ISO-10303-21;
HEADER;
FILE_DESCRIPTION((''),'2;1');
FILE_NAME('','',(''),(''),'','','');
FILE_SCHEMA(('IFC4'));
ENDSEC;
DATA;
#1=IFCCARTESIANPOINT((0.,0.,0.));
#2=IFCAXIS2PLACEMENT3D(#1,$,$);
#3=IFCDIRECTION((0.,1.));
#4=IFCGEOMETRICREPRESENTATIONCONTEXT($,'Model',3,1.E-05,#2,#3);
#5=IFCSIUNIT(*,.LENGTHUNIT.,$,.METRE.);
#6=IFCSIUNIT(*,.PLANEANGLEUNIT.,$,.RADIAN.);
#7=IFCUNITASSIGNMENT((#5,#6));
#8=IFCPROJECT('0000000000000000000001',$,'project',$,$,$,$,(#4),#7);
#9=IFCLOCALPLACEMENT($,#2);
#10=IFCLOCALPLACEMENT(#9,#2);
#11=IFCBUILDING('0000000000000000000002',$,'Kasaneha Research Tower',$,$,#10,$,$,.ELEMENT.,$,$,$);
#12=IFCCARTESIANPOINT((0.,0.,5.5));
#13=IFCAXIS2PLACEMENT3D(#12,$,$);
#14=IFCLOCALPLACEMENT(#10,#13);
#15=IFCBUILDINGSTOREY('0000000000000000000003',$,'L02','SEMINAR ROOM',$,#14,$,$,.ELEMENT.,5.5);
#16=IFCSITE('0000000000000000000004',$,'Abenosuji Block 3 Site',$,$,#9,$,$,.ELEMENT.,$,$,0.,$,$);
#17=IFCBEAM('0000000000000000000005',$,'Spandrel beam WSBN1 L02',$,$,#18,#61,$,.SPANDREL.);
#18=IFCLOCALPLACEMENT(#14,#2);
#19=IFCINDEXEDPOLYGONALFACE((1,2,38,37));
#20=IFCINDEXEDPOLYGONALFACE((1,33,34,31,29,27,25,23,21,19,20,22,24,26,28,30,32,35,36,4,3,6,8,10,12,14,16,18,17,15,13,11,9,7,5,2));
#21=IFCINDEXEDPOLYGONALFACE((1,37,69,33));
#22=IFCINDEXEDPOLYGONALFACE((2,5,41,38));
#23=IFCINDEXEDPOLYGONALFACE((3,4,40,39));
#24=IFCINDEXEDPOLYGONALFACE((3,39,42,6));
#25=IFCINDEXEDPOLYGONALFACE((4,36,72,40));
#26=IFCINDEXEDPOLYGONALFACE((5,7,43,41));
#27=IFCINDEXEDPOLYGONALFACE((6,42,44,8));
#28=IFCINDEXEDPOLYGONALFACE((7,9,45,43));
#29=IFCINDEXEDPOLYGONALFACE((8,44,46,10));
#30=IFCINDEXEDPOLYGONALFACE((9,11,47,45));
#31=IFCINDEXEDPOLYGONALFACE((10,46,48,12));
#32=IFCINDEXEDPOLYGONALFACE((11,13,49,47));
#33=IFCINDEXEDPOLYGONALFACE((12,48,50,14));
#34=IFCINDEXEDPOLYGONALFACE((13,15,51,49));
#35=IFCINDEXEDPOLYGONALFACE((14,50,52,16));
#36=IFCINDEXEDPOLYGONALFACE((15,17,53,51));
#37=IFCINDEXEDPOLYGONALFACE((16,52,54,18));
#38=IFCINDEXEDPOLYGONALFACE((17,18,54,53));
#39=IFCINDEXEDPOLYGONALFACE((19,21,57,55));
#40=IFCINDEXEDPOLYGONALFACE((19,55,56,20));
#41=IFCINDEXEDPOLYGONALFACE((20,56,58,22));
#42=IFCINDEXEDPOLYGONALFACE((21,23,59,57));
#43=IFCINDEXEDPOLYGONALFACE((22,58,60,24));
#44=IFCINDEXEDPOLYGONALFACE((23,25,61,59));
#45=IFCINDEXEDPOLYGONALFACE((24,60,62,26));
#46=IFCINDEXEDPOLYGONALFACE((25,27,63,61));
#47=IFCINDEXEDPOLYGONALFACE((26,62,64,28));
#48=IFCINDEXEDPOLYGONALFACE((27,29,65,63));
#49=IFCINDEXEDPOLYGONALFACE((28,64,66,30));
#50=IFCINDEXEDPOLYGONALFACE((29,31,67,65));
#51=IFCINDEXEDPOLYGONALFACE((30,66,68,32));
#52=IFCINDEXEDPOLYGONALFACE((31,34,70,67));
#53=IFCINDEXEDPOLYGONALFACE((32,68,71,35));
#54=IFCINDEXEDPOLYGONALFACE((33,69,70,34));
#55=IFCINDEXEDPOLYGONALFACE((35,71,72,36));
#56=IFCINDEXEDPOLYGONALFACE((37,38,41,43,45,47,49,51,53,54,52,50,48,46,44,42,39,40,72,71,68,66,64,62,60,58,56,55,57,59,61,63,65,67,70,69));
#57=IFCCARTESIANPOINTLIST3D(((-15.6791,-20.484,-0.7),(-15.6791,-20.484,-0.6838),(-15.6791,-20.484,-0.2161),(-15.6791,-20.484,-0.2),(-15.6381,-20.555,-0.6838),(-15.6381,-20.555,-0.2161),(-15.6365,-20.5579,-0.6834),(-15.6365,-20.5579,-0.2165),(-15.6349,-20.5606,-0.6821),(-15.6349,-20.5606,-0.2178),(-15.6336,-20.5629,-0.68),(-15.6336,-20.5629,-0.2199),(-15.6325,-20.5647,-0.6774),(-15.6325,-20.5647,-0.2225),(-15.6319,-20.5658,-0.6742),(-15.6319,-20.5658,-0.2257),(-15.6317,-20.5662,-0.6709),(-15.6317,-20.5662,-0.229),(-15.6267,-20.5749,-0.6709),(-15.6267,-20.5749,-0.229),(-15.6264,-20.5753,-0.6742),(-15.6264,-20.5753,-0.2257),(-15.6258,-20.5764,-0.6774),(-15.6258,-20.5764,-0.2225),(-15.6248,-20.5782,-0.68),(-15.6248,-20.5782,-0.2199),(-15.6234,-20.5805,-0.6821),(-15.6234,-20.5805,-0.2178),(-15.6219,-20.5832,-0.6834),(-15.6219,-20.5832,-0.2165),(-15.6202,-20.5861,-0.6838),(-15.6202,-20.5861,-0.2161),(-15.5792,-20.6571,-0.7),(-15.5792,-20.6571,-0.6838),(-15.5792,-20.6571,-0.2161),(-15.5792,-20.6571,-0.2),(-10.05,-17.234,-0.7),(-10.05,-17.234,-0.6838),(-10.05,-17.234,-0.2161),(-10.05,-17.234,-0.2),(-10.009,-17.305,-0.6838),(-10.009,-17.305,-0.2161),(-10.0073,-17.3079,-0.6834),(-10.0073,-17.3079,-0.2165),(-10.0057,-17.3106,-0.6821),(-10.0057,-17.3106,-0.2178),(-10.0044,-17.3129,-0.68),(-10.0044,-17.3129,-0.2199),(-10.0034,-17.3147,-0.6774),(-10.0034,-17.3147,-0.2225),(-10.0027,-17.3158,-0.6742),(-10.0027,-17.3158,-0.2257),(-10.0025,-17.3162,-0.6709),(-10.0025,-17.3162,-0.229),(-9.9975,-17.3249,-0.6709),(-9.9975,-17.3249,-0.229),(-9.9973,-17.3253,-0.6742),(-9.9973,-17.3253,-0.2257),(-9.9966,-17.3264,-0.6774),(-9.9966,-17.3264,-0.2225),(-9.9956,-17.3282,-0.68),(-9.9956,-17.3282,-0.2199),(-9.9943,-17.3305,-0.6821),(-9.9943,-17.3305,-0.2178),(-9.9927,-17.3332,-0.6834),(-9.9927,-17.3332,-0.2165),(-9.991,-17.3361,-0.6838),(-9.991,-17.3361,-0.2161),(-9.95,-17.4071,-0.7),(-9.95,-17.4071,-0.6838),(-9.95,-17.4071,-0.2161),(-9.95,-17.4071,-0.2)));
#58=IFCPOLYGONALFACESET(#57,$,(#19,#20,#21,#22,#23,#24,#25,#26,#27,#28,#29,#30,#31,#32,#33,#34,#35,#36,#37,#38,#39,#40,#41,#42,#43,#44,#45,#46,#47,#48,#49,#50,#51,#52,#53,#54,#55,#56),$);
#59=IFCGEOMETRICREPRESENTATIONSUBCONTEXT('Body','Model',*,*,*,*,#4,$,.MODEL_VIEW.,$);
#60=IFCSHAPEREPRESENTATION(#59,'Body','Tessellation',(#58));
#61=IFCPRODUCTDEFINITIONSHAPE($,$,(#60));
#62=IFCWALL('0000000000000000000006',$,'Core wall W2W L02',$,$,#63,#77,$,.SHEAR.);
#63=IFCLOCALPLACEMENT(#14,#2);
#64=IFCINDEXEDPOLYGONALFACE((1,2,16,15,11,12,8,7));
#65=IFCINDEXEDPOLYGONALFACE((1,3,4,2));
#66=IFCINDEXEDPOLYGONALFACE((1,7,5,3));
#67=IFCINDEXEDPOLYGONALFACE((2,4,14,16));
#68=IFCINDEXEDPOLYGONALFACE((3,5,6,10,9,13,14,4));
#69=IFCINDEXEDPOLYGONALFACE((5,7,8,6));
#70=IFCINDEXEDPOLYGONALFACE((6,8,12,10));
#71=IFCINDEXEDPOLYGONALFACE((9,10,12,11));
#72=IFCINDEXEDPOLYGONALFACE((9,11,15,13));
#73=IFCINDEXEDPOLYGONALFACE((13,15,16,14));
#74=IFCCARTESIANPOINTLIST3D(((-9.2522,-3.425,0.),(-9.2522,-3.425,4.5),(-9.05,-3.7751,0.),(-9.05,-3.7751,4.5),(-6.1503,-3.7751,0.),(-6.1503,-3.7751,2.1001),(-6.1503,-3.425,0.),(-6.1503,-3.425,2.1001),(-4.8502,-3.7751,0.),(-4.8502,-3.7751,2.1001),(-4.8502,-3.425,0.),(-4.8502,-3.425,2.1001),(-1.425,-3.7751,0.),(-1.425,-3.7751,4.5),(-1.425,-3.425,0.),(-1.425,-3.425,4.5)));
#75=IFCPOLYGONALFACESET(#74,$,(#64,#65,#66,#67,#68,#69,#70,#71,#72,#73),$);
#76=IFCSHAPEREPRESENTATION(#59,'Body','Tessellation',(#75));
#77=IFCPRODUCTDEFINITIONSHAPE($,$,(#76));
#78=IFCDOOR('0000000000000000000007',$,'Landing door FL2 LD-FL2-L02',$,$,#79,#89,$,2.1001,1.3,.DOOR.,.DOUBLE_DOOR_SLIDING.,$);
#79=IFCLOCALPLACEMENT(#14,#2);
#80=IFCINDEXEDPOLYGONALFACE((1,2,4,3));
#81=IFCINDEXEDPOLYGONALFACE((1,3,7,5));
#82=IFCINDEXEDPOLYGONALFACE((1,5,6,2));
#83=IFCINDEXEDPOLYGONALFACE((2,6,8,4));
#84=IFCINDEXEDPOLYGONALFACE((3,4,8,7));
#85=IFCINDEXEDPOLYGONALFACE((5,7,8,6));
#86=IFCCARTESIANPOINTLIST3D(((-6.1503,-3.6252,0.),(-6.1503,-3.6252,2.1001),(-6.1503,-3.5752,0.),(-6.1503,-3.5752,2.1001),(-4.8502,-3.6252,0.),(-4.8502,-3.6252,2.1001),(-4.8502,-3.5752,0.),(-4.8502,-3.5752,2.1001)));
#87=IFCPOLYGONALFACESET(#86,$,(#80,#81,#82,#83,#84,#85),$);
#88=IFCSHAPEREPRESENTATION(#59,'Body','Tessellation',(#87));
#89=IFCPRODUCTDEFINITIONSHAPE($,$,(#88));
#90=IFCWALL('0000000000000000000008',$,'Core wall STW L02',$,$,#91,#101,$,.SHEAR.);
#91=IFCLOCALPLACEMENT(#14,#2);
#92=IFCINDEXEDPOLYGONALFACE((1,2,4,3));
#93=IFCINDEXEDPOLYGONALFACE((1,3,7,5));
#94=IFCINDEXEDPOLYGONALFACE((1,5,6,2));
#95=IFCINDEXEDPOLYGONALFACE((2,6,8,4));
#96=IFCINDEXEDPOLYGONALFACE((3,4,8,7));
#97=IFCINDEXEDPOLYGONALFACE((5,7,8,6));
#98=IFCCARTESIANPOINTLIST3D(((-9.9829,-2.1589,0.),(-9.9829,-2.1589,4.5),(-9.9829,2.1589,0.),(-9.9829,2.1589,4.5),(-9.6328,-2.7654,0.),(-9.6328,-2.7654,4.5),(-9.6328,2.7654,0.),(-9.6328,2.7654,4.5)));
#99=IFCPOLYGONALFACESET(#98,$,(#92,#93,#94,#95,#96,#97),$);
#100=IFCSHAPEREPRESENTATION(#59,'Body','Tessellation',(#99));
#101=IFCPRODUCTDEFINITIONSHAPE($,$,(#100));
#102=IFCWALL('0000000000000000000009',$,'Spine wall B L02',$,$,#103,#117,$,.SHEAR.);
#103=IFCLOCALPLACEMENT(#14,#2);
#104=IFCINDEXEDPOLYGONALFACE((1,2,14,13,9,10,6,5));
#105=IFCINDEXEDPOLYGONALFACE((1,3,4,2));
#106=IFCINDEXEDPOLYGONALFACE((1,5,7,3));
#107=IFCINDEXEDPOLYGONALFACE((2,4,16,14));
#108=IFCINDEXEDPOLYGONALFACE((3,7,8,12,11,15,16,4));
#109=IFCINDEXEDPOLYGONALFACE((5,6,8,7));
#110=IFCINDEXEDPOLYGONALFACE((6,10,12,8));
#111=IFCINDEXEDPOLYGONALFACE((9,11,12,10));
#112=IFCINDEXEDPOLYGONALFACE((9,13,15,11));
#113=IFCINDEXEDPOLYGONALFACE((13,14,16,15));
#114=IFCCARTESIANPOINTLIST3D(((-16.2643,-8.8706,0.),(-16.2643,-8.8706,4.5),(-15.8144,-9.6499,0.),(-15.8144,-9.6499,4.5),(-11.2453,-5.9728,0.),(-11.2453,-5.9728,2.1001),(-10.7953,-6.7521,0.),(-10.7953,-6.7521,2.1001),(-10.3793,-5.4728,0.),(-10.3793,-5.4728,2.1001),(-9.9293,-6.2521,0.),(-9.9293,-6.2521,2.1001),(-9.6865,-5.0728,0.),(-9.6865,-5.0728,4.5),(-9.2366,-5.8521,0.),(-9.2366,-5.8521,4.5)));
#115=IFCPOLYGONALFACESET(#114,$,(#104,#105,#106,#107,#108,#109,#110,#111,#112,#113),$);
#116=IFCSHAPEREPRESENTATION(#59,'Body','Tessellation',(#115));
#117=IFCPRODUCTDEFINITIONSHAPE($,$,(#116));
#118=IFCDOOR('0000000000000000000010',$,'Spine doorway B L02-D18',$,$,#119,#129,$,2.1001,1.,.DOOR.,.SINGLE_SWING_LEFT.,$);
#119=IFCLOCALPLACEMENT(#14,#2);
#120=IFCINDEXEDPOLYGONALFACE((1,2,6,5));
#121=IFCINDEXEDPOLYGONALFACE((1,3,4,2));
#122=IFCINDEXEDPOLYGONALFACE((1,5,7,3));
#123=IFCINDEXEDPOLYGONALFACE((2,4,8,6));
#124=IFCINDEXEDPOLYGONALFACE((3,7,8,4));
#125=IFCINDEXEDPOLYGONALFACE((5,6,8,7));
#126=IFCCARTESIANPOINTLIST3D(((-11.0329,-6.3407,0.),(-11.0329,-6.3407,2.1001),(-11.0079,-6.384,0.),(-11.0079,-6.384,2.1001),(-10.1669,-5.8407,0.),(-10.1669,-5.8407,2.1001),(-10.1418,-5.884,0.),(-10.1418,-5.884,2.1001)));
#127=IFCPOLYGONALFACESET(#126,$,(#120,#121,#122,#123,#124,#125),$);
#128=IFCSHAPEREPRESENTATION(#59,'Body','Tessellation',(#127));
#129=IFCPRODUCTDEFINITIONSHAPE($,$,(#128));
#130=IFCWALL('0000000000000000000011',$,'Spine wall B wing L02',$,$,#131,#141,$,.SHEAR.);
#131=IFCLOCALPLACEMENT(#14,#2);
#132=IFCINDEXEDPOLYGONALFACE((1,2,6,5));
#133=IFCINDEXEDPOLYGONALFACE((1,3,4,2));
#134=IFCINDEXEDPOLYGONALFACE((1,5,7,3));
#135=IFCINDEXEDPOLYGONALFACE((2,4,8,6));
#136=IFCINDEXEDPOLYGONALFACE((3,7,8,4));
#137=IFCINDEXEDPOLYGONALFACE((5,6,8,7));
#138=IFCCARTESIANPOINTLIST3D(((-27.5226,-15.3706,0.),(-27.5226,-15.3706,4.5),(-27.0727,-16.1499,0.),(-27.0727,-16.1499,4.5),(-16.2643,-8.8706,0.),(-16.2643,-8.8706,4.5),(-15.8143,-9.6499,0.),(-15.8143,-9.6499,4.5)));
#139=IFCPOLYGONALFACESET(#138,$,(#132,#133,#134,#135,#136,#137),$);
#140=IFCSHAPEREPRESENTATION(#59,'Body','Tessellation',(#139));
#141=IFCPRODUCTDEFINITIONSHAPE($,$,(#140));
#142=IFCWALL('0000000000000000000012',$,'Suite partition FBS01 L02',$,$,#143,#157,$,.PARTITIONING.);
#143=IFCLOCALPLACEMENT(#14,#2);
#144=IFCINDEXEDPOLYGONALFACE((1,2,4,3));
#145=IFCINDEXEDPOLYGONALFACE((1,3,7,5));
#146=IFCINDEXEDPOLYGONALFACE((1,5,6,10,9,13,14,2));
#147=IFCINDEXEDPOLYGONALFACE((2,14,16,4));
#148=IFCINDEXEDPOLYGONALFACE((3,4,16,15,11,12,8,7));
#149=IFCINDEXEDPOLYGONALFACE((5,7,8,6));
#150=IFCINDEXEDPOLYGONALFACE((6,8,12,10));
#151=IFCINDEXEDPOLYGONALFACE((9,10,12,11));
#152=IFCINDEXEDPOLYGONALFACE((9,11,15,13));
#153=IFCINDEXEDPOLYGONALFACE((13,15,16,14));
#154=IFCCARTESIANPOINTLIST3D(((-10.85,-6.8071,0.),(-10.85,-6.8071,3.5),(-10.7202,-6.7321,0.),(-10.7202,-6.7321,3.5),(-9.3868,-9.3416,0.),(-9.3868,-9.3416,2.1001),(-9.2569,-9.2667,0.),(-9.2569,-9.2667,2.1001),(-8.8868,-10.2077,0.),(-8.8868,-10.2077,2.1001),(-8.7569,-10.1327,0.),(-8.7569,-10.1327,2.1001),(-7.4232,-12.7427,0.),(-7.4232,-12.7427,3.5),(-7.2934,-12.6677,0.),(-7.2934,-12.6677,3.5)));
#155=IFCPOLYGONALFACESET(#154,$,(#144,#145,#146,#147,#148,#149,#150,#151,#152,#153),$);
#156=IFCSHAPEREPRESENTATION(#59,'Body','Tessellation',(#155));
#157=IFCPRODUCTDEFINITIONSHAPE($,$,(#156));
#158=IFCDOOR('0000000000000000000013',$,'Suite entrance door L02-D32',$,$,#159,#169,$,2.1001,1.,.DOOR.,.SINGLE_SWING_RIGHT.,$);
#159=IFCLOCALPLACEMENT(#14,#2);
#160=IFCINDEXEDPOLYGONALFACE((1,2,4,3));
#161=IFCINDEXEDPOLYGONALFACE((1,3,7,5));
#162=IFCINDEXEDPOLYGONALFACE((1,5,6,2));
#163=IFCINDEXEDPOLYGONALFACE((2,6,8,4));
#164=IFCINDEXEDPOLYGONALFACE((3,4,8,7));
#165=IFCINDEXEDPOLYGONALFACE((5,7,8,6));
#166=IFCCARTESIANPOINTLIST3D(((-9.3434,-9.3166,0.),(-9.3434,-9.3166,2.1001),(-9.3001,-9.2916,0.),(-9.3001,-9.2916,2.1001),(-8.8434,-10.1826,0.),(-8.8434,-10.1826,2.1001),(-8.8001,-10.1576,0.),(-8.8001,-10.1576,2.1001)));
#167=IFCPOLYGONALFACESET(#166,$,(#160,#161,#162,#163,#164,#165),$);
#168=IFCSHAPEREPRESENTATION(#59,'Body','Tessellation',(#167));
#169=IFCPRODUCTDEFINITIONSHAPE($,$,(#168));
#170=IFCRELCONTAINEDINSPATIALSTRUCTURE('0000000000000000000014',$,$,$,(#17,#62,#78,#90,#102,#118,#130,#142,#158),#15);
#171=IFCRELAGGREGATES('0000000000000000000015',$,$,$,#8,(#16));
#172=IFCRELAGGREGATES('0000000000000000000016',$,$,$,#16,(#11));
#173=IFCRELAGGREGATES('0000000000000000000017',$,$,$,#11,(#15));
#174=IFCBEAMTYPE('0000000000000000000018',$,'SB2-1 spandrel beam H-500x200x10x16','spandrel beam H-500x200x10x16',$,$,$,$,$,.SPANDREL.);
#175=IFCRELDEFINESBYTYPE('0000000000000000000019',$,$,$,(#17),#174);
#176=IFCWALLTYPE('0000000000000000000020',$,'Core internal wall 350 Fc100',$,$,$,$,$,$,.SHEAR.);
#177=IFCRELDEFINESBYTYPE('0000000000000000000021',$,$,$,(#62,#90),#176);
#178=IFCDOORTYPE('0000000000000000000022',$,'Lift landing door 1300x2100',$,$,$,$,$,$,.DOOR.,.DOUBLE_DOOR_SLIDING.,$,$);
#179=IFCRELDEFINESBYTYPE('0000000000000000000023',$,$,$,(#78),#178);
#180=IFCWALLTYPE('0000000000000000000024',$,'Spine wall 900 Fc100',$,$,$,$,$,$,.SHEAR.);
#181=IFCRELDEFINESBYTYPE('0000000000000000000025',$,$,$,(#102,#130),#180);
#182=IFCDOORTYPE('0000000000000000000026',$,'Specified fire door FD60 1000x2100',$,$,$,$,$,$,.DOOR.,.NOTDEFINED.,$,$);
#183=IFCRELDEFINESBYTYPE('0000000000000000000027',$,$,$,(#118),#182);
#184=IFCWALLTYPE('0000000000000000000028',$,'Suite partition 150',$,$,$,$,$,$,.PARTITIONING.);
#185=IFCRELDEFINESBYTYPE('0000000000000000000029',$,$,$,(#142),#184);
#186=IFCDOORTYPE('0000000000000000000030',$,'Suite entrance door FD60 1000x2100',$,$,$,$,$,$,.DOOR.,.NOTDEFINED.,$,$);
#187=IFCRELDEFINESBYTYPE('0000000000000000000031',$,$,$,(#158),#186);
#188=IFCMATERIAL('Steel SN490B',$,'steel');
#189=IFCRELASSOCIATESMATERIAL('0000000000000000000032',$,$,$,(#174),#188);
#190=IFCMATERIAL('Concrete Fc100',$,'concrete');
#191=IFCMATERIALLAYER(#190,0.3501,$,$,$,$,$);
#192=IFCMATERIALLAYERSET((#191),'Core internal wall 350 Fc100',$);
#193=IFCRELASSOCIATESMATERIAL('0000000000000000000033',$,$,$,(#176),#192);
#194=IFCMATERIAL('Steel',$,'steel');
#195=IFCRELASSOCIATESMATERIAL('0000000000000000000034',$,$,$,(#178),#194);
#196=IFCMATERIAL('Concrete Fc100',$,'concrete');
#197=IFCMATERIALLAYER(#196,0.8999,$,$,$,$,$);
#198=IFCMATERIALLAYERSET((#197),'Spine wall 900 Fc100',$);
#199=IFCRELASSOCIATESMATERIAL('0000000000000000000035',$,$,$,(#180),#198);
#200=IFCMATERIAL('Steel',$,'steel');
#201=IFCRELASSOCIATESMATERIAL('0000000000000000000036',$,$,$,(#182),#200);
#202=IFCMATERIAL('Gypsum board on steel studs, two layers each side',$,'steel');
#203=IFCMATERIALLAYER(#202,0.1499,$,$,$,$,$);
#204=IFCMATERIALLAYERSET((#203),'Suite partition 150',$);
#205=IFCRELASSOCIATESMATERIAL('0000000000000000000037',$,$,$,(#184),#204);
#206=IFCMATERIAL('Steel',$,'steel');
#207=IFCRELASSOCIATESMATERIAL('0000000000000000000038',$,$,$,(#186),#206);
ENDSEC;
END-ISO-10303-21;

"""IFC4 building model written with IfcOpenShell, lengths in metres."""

from ifc_helpers import new_model, si_unit, direction, frame, frame_2d, origin, origin_2d, place, context, subcontext, project, spatial, polyline, rectangle, i_section, outline, extrude, material, layer, layer_set, material_profile, profile_set, type_object, element, fill, save


model = new_model("IFC4")

# Units and contexts
model_context = context("Model", 3, precision=1e-05, world=origin(), true_north=direction((0.0, 1.0)))
body_context = subcontext(model_context, "Body", "Model", "MODEL_VIEW")
ifc_project = project(units=[si_unit("LENGTHUNIT", "METRE"), si_unit("PLANEANGLEUNIT", "RADIAN")], contexts=[model_context])

# Site, building, storey
site_placement = place(None, origin())
site = spatial("IfcSite", under=ifc_project, at=site_placement, Name="Abenosuji Block 3 Site", CompositionType="ELEMENT", RefElevation=0.0)
building_placement = place(site_placement, origin())
building = spatial("IfcBuilding", under=site, at=building_placement, Name="Kasaneha Research Tower", CompositionType="ELEMENT")
storey_placement = place(building_placement, frame((0.0, 0.0, 5.5)))
storey = spatial("IfcBuildingStorey", under=building, at=storey_placement, Name="L02", Description="SEMINAR ROOM", CompositionType="ELEMENT", Elevation=5.5)

# Beam
ifc_material_1 = material(Name="Steel SN490B", Category="steel")
ifc_material_profile_1 = material_profile(ifc_material_1, i_section(OverallWidth=0.2, OverallDepth=0.5, WebThickness=0.01, FlangeThickness=0.0161, FilletRadius=0.0129, at=origin_2d()), Name="H-500x200x10x16")
ifc_profile_set_1 = profile_set([ifc_material_profile_1], Name="Steel SN490B")
beam_type_1 = type_object("IfcBeamType", Name="SB2-1 spandrel beam H-500x200x10x16", Description="spandrel beam H-500x200x10x16", PredefinedType="SPANDREL", material=ifc_profile_set_1)
beam_1_placement = place(storey_placement, frame((-10.0, -17.3206, -0.45), z_axis=(-0.866025, -0.500001, 0.0), x_axis=(0.500001, -0.866025, 0.0)))
element("IfcBeam", 1, at=beam_1_placement, inside=storey, type_object=beam_type_1, Name="Spandrel beam WSBN1 L02", PredefinedType="SPANDREL", context=body_context, shape_type="SweptSolid", body=[
    extrude(i_section(OverallWidth=0.2, OverallDepth=0.5, WebThickness=0.01, FlangeThickness=0.0161, FilletRadius=0.0129, at=origin_2d()), origin(), (0.0, 0.0, 1.0), 6.5),
])

# Wall, opening, door
ifc_material_2 = material(Name="Concrete Fc100", Category="concrete")
ifc_layer_1 = layer(ifc_material_2, 0.3501)
ifc_layer_set_1 = layer_set([ifc_layer_1], Name="Core internal wall 350 Fc100")
wall_type_1 = type_object("IfcWallType", Name="Core internal wall 350 Fc100", PredefinedType="SHEAR", material=ifc_layer_set_1)
wall_1_placement = place(storey_placement, frame((-9.1511, -3.6001, 0.0), z_axis=(0.0, 0.0, 1.0), x_axis=(1.0, 0.0, 0.0)))
wall_1 = element("IfcWall", 2, at=wall_1_placement, inside=storey, type_object=wall_type_1, Name="Core wall W2W L02", PredefinedType="SHEAR", context=body_context, shape_type="SweptSolid", body=[
    extrude(outline(polyline([(0.1011, -0.175), (3.001, -0.175), (4.301, -0.175), (7.7261, -0.175), (7.7261, 0.175), (4.301, 0.175), (3.001, 0.175), (-0.1011, 0.175), (0.1011, -0.175)])), origin(), (0.0, 0.0, 1.0), 4.5),
])
opening_1_placement = place(wall_1_placement, frame((3.001, 0.0, 0.0)))
opening_1 = element("IfcOpeningElement", 3, at=opening_1_placement, cuts=wall_1, PredefinedType="OPENING", context=body_context, shape_type="SweptSolid", body=[
    extrude(rectangle(XDim=1.3, YDim=2.1001, at=frame_2d((0.6499, 1.05))), frame((0.0, 0.1851, 0.0), z_axis=(0.0, -1.0, 0.0), x_axis=(1.0, 0.0, 0.0)), (0.0, 0.0, 1.0), 0.3701),
])
ifc_material_3 = material(Name="Steel", Category="steel")
door_type_1 = type_object("IfcDoorType", Name="Lift landing door 1300x2100", OperationType="DOUBLE_DOOR_SLIDING", PredefinedType="DOOR", material=ifc_material_3)
door_1_placement = place(opening_1_placement, origin())
door_1 = element("IfcDoor", 4, at=door_1_placement, inside=storey, type_object=door_type_1, Name="Landing door FL2 LD-FL2-L02", OperationType="DOUBLE_DOOR_SLIDING", OverallHeight=2.1001, OverallWidth=1.3, PredefinedType="DOOR", context=body_context, shape_type="SweptSolid", body=[
    extrude(rectangle(XDim=1.3, YDim=2.1001, at=frame_2d((0.6499, 1.05))), frame((0.0, 0.0249, 0.0), z_axis=(0.0, -1.0, 0.0), x_axis=(1.0, 0.0, 0.0)), (0.0, 0.0, 1.0), 0.05),
])
fill(opening_1, door_1)

# Wall
wall_2_placement = place(storey_placement, frame((-9.8079, -2.4622, 0.0), z_axis=(0.0, 0.0, 1.0), x_axis=(0.0, 1.0, 0.0)))
element("IfcWall", 5, at=wall_2_placement, inside=storey, type_object=wall_type_1, Name="Core wall STW L02", PredefinedType="SHEAR", context=body_context, shape_type="SweptSolid", body=[
    extrude(outline(polyline([(-0.3032, -0.175), (5.2275, -0.175), (4.6211, 0.175), (0.3032, 0.175), (-0.3032, -0.175)])), origin(), (0.0, 0.0, 1.0), 4.5),
])

# Wall, opening, door
ifc_material_4 = material(Name="Concrete Fc100", Category="concrete")
ifc_layer_2 = layer(ifc_material_4, 0.8999)
ifc_layer_set_2 = layer_set([ifc_layer_2], Name="Spine wall 900 Fc100")
wall_type_2 = type_object("IfcWallType", Name="Spine wall 900 Fc100", PredefinedType="SHEAR", material=ifc_layer_set_2)
wall_3_placement = place(storey_placement, frame((-9.4614, -5.4624, 0.0), z_axis=(0.0, 0.0, 1.0), x_axis=(-0.866019, -0.500011, 0.0)))
wall_3 = element("IfcWall", 6, at=wall_3_placement, inside=storey, type_object=wall_type_2, Name="Spine wall B L02", PredefinedType="SHEAR", context=body_context, shape_type="SweptSolid", body=[
    extrude(rectangle(XDim=7.5955, YDim=0.8999, at=frame_2d((3.7979, 0.0))), origin(), (0.0, 0.0, 1.0), 4.5),
])
opening_2_placement = place(wall_3_placement, frame((0.8, 0.0, 0.0)))
opening_2 = element("IfcOpeningElement", 7, at=opening_2_placement, cuts=wall_3, PredefinedType="OPENING", context=body_context, shape_type="SweptSolid", body=[
    extrude(rectangle(XDim=1.0, YDim=2.1001, at=frame_2d((0.5, 1.05))), frame((0.0, 0.46, 0.0), z_axis=(0.0, -1.0, 0.0), x_axis=(1.0, 0.0, 0.0)), (0.0, 0.0, 1.0), 0.9199),
])
ifc_material_5 = material(Name="Steel", Category="steel")
door_type_2 = type_object("IfcDoorType", Name="Specified fire door FD60 1000x2100", OperationType="NOTDEFINED", PredefinedType="DOOR", material=ifc_material_5)
door_2_placement = place(opening_2_placement, origin())
door_2 = element("IfcDoor", 8, at=door_2_placement, inside=storey, type_object=door_type_2, Name="Spine doorway B L02-D18", OperationType="SINGLE_SWING_LEFT", OverallHeight=2.1001, OverallWidth=1.0, PredefinedType="DOOR", context=body_context, shape_type="SweptSolid", body=[
    extrude(rectangle(XDim=1.0, YDim=2.1001, at=frame_2d((0.5, 1.05))), frame((0.0, 0.0249, 0.0), z_axis=(0.0, -1.0, 0.0), x_axis=(1.0, 0.0, 0.0)), (0.0, 0.0, 1.0), 0.05),
])
fill(opening_2, door_2)

# Wall
wall_4_placement = place(storey_placement, frame((-16.0393, -9.2603, 0.0), z_axis=(0.0, 0.0, 1.0), x_axis=(-0.866025, -0.500001, 0.0)))
element("IfcWall", 9, at=wall_4_placement, inside=storey, type_object=wall_type_2, Name="Spine wall B wing L02", PredefinedType="SHEAR", context=body_context, shape_type="SweptSolid", body=[
    extrude(rectangle(XDim=13.0, YDim=0.8999, at=frame_2d((6.5, 0.0))), origin(), (0.0, 0.0, 1.0), 4.5),
])

# Wall, opening, door
ifc_material_6 = material(Name="Gypsum board on steel studs, two layers each side", Category="steel")
ifc_layer_3 = layer(ifc_material_6, 0.1499)
ifc_layer_set_3 = layer_set([ifc_layer_3], Name="Suite partition 150")
wall_type_3 = type_object("IfcWallType", Name="Suite partition 150", PredefinedType="PARTITIONING", material=ifc_layer_set_3)
wall_5_placement = place(storey_placement, frame((-7.3584, -12.7051, 0.0), z_axis=(0.0, 0.0, 1.0), x_axis=(-0.499986, 0.866034, 0.0)))
wall_5 = element("IfcWall", 10, at=wall_5_placement, inside=storey, type_object=wall_type_3, Name="Suite partition FBS01 L02", PredefinedType="PARTITIONING", context=body_context, shape_type="SweptSolid", body=[
    extrude(rectangle(XDim=6.8538, YDim=0.1499, at=frame_2d((3.4268, 0.0))), origin(), (0.0, 0.0, 1.0), 3.5),
])
opening_3_placement = place(wall_5_placement, frame((2.927, 0.0, 0.0)))
opening_3 = element("IfcOpeningElement", 11, at=opening_3_placement, cuts=wall_5, PredefinedType="OPENING", context=body_context, shape_type="SweptSolid", body=[
    extrude(rectangle(XDim=1.0, YDim=2.1001, at=frame_2d((0.5, 1.05))), frame((0.0, 0.085, 0.0), z_axis=(0.0, -1.0, 0.0), x_axis=(1.0, 0.0, 0.0)), (0.0, 0.0, 1.0), 0.1699),
])
ifc_material_7 = material(Name="Steel", Category="steel")
door_type_3 = type_object("IfcDoorType", Name="Suite entrance door FD60 1000x2100", OperationType="NOTDEFINED", PredefinedType="DOOR", material=ifc_material_7)
door_3_placement = place(opening_3_placement, origin())
door_3 = element("IfcDoor", 12, at=door_3_placement, inside=storey, type_object=door_type_3, Name="Suite entrance door L02-D32", OperationType="SINGLE_SWING_RIGHT", OverallHeight=2.1001, OverallWidth=1.0, PredefinedType="DOOR", context=body_context, shape_type="SweptSolid", body=[
    extrude(rectangle(XDim=1.0, YDim=2.1001, at=frame_2d((0.5, 1.05))), frame((0.0, 0.0249, 0.0), z_axis=(0.0, -1.0, 0.0), x_axis=(1.0, 0.0, 0.0)), (0.0, 0.0, 1.0), 0.05),
])
fill(opening_3, door_3)

save(model, "model.ifc")
